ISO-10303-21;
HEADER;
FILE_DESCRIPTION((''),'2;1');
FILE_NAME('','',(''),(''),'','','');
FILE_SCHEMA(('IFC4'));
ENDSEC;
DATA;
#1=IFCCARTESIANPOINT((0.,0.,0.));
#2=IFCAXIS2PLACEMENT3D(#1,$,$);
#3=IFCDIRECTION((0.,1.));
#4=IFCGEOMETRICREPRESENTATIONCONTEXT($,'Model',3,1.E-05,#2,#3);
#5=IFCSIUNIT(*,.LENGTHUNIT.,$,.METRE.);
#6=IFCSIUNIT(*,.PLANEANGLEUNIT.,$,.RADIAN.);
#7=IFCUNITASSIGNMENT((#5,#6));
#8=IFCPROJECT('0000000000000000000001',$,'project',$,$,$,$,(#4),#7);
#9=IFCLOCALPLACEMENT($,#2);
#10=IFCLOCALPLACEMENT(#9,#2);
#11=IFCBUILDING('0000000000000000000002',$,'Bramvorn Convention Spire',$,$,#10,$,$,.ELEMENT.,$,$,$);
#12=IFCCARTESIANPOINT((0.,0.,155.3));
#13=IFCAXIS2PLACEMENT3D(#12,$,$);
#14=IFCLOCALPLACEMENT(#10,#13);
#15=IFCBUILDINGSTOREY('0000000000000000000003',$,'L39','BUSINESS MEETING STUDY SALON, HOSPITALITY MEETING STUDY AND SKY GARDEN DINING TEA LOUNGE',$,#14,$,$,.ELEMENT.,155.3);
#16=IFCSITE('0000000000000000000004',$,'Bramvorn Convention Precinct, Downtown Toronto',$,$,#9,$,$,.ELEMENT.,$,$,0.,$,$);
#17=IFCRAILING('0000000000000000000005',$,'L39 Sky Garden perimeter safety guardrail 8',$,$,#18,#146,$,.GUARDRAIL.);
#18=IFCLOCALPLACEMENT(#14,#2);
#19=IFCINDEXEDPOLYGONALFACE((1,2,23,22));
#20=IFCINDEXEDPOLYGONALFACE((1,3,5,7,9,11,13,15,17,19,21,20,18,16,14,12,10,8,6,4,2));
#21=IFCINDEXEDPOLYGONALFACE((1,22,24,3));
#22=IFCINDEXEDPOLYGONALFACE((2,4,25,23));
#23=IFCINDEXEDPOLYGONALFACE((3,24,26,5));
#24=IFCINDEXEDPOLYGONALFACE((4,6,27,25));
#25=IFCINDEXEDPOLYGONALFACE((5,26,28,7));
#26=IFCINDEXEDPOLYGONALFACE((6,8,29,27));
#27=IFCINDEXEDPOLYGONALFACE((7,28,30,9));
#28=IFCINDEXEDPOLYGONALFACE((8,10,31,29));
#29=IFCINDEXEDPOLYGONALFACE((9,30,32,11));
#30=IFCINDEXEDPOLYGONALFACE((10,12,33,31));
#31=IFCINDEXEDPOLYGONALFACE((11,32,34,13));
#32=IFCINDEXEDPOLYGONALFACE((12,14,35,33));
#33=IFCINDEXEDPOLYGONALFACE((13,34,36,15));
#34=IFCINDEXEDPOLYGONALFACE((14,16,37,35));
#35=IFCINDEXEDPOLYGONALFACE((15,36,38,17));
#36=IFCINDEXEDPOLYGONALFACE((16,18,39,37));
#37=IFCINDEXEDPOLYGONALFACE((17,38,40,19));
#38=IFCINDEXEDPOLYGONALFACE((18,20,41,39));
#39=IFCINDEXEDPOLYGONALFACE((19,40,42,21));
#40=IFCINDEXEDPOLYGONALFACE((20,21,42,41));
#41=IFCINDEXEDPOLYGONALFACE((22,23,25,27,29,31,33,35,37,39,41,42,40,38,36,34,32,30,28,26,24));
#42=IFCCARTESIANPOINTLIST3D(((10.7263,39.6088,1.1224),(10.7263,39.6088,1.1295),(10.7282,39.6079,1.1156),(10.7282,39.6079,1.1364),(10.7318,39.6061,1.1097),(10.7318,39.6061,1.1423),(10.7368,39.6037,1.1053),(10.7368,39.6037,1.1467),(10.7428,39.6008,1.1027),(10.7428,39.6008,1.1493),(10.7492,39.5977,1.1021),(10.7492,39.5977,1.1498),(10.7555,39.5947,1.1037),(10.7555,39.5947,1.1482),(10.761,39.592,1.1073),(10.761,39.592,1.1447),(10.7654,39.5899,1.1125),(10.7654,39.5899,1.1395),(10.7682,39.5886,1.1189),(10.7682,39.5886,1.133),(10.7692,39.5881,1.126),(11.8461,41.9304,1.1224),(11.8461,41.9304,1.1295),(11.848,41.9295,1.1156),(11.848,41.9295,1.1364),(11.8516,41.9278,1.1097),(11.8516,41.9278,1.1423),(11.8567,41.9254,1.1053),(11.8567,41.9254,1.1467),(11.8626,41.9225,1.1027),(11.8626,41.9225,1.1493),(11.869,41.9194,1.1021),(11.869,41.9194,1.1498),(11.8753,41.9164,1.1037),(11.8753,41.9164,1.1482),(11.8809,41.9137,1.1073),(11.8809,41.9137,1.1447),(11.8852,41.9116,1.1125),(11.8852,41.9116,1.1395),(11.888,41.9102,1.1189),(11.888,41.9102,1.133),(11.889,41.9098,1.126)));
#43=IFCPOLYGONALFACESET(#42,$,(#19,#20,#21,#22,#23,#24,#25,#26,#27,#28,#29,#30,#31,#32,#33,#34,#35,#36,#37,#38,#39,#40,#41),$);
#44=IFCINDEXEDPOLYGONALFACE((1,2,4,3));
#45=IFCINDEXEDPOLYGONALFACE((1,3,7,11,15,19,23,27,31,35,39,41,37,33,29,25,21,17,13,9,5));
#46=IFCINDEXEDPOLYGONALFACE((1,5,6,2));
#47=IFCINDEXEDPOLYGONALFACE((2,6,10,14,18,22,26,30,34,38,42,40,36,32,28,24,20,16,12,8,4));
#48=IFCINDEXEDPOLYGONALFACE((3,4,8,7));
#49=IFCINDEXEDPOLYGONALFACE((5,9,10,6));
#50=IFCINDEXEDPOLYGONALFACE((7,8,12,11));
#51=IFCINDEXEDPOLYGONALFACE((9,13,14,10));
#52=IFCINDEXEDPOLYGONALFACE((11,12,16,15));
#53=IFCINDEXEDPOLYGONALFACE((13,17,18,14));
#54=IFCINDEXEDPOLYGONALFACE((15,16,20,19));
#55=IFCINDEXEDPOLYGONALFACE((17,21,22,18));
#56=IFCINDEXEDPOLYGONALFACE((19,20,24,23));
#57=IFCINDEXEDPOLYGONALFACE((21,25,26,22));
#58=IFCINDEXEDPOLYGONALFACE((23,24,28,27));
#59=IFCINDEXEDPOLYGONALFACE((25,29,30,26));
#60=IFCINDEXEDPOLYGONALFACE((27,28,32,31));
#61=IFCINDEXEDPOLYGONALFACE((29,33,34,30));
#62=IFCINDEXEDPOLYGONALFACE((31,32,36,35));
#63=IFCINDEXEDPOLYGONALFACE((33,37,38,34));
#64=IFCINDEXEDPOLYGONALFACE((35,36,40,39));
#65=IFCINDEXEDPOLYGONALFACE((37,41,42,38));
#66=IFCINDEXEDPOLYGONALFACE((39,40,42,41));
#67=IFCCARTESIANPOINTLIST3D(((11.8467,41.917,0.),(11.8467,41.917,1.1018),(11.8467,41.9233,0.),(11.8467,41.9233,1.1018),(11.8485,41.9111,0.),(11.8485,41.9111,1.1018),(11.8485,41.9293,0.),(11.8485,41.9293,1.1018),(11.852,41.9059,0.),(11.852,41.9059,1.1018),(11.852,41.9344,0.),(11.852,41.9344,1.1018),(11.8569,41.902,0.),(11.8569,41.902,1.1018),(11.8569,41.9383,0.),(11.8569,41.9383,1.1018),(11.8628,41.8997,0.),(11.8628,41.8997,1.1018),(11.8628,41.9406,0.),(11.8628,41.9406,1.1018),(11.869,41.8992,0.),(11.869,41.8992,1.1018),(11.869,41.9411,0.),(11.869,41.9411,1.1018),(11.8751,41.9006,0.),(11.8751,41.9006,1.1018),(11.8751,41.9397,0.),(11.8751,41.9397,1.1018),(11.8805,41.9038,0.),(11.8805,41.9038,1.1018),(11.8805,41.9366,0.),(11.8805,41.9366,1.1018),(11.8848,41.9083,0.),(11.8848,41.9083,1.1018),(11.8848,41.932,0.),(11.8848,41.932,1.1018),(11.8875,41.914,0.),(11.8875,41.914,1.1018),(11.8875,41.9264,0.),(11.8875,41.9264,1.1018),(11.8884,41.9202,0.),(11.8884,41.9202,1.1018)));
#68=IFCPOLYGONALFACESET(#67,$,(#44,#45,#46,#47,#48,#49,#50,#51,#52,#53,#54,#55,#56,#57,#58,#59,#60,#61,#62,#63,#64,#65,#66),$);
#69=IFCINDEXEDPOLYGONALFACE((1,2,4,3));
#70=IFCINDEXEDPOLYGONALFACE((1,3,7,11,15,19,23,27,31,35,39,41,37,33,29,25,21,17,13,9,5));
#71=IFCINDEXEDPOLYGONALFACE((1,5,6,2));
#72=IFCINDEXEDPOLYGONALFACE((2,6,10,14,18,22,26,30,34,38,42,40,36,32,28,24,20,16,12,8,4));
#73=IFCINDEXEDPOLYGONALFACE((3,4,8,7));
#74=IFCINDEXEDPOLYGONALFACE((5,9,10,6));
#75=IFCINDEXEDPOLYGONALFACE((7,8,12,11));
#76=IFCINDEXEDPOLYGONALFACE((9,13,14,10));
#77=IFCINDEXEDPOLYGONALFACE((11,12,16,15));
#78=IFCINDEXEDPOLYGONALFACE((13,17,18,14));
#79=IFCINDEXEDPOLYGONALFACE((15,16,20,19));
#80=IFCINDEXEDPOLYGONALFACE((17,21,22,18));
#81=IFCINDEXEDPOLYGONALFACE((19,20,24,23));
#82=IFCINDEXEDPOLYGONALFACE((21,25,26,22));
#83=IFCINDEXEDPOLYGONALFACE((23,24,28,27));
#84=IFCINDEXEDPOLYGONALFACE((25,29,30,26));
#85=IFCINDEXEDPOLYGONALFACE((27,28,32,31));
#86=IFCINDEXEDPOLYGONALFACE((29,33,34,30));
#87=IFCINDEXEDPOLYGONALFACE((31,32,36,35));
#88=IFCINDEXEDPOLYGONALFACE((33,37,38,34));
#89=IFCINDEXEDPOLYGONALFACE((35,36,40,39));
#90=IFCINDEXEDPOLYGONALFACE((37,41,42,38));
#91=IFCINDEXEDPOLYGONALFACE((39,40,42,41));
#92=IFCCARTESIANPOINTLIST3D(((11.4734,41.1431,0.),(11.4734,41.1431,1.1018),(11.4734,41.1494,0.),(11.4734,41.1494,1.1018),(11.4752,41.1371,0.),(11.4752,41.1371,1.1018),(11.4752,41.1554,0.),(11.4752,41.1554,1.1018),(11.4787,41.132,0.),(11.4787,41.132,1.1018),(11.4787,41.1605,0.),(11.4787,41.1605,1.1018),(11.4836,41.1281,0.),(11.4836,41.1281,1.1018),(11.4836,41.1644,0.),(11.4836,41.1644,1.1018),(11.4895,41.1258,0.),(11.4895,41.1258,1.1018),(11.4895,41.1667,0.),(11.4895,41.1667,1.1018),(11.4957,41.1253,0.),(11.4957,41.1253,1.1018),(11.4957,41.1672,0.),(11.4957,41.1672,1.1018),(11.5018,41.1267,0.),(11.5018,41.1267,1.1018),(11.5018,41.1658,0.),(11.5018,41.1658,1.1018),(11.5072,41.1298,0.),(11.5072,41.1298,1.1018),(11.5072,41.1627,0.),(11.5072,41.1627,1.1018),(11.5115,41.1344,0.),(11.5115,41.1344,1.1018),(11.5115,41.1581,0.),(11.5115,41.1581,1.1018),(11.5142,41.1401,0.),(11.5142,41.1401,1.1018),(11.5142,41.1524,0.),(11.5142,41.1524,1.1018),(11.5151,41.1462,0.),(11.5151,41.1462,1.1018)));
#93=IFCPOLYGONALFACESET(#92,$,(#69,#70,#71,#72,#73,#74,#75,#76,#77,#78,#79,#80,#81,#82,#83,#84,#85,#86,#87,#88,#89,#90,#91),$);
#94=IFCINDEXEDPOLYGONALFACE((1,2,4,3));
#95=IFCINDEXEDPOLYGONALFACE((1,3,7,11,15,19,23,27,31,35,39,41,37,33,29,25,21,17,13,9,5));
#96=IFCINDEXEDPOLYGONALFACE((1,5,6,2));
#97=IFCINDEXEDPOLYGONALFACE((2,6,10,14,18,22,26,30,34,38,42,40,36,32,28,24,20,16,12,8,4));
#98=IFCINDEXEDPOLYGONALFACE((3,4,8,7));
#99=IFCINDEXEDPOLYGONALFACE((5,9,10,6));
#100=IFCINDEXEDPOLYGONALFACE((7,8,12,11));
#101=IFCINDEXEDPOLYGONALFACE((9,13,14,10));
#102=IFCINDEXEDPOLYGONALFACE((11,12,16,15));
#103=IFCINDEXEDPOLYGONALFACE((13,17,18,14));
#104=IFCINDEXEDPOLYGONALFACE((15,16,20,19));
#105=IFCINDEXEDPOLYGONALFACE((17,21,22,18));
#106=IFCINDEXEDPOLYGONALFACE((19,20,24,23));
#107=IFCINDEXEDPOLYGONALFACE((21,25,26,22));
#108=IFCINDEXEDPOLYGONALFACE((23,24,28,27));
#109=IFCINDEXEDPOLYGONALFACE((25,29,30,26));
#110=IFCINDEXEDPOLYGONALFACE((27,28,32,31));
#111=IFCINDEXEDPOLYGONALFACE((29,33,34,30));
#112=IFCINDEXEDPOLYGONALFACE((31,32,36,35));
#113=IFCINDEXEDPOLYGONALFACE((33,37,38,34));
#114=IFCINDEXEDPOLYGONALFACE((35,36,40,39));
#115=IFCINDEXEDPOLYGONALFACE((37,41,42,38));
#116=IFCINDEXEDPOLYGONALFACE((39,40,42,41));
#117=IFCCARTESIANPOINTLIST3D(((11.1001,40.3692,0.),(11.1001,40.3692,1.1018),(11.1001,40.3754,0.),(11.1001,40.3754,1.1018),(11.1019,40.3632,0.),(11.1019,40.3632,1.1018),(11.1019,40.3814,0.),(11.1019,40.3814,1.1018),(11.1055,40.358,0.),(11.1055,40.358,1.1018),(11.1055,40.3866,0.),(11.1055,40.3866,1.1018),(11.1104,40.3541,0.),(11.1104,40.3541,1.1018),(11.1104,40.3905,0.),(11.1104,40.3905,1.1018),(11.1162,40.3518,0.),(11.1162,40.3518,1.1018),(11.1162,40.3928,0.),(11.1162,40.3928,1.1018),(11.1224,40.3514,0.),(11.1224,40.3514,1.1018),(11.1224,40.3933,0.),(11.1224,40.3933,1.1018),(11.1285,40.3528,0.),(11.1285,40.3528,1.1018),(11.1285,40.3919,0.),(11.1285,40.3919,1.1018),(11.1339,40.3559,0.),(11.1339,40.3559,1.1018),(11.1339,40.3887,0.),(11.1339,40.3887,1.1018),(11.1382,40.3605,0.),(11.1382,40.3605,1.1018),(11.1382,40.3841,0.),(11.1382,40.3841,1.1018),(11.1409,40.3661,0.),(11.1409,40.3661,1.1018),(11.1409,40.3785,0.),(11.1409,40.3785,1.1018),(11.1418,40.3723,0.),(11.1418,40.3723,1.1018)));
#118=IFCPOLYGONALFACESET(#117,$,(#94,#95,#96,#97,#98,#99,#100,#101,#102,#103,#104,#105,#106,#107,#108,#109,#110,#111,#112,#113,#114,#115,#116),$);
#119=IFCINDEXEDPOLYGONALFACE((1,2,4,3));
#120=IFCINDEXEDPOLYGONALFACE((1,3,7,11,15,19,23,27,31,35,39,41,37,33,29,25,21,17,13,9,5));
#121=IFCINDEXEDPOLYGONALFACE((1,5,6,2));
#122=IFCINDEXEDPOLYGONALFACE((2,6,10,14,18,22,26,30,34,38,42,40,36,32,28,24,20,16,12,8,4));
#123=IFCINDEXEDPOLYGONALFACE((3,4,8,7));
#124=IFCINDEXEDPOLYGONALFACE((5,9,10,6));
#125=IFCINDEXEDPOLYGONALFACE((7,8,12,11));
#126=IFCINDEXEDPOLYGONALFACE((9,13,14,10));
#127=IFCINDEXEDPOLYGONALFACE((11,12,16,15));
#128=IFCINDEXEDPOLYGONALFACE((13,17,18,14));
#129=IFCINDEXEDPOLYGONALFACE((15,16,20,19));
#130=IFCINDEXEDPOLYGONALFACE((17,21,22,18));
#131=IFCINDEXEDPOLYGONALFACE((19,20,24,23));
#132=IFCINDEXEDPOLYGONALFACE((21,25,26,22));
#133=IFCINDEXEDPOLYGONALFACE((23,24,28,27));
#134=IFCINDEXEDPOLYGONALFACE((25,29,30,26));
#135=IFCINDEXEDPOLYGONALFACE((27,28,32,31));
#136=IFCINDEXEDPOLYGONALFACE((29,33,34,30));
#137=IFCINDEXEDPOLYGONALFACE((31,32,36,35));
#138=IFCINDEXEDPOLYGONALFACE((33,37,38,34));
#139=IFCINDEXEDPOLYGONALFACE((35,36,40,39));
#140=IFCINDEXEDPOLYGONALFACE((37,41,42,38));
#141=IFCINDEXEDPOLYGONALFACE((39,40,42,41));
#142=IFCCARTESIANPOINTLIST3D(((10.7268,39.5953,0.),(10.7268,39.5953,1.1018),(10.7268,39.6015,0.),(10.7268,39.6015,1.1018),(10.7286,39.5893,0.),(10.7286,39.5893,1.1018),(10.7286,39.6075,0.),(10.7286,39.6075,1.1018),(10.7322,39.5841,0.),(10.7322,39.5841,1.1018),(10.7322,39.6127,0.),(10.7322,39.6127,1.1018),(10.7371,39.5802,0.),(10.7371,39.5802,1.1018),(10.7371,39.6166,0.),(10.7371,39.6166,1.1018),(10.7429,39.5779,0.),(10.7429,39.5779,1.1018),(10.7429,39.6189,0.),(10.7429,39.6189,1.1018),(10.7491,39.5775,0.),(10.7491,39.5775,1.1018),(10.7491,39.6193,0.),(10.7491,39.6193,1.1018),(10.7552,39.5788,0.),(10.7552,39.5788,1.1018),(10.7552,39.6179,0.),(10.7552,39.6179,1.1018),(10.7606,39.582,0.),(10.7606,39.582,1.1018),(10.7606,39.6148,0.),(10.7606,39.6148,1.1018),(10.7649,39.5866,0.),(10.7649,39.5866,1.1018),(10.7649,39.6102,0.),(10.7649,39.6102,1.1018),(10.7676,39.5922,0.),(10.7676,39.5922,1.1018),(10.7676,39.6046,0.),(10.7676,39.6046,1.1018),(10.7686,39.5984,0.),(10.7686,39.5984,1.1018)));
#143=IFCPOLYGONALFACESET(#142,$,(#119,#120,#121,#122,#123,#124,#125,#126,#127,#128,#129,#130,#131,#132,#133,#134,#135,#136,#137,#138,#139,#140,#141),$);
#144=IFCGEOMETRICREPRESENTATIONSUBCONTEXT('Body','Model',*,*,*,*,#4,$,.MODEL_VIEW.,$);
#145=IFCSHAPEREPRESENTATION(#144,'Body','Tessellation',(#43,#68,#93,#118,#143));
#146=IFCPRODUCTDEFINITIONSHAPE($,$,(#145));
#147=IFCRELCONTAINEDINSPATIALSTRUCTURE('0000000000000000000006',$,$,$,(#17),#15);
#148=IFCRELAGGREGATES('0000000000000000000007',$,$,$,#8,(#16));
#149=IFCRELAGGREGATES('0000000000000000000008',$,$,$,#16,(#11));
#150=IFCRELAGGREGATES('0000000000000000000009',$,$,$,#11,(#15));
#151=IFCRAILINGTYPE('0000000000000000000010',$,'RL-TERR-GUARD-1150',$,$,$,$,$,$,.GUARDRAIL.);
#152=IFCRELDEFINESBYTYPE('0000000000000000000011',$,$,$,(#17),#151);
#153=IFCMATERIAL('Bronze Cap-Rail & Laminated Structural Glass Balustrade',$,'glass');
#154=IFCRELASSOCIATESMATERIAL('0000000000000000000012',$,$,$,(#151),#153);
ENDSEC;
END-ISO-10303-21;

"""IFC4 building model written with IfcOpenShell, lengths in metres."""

from ifc_helpers import new_model, si_unit, direction, frame, origin, origin_2d, place, context, subcontext, project, spatial, circle, extrude, material, type_object, element, save


model = new_model("IFC4")

# Units and contexts
model_context = context("Model", 3, precision=1e-05, world=origin(), true_north=direction((0.0, 1.0)))
body_context = subcontext(model_context, "Body", "Model", "MODEL_VIEW")
ifc_project = project(units=[si_unit("LENGTHUNIT", "METRE"), si_unit("PLANEANGLEUNIT", "RADIAN")], contexts=[model_context])

# Site, building, storey
site_placement = place(None, origin())
site = spatial("IfcSite", under=ifc_project, at=site_placement, Name="Bramvorn Convention Precinct, Downtown Toronto", CompositionType="ELEMENT", RefElevation=0.0)
building_placement = place(site_placement, origin())
building = spatial("IfcBuilding", under=site, at=building_placement, Name="Bramvorn Convention Spire", CompositionType="ELEMENT")
storey_placement = place(building_placement, frame((0.0, 0.0, 155.3)))
storey = spatial("IfcBuildingStorey", under=building, at=storey_placement, Name="L39", Description="BUSINESS MEETING STUDY SALON, HOSPITALITY MEETING STUDY AND SKY GARDEN DINING TEA LOUNGE", CompositionType="ELEMENT", Elevation=155.3)

# Railing
ifc_material_1 = material(Name="Bronze Cap-Rail & Laminated Structural Glass Balustrade", Category="glass")
railing_type = type_object("IfcRailingType", Name="RL-TERR-GUARD-1150", PredefinedType="GUARDRAIL", material=ifc_material_1)
railing_1_placement = place(storey_placement, frame((11.8674, 41.9202, 0.0)))
element("IfcRailing", 1, at=railing_1_placement, inside=storey, type_object=railing_type, Name="L39 Sky Garden perimeter safety guardrail 8", PredefinedType="GUARDRAIL", context=body_context, shape_type="SweptSolid", body=[
    extrude(circle(Radius=0.0239, at=origin_2d()), frame((0.0, 0.0, 1.126), z_axis=(-0.434439, -0.900701, 0.0), x_axis=(0.900701, -0.434439, 0.0)), (0.0, 0.0, 1.0), 2.5776),
    extrude(circle(Radius=0.021, at=origin_2d()), origin(), (0.0, 0.0, 1.0), 1.1018),
    extrude(circle(Radius=0.021, at=origin_2d()), frame((-0.3733, -0.7739, 0.0)), (0.0, 0.0, 1.0), 1.1018),
    extrude(circle(Radius=0.021, at=origin_2d()), frame((-0.7466, -1.5479, 0.0)), (0.0, 0.0, 1.0), 1.1018),
    extrude(circle(Radius=0.021, at=origin_2d()), frame((-1.1199, -2.3218, 0.0)), (0.0, 0.0, 1.0), 1.1018),
])

save(model, "model.ifc")
